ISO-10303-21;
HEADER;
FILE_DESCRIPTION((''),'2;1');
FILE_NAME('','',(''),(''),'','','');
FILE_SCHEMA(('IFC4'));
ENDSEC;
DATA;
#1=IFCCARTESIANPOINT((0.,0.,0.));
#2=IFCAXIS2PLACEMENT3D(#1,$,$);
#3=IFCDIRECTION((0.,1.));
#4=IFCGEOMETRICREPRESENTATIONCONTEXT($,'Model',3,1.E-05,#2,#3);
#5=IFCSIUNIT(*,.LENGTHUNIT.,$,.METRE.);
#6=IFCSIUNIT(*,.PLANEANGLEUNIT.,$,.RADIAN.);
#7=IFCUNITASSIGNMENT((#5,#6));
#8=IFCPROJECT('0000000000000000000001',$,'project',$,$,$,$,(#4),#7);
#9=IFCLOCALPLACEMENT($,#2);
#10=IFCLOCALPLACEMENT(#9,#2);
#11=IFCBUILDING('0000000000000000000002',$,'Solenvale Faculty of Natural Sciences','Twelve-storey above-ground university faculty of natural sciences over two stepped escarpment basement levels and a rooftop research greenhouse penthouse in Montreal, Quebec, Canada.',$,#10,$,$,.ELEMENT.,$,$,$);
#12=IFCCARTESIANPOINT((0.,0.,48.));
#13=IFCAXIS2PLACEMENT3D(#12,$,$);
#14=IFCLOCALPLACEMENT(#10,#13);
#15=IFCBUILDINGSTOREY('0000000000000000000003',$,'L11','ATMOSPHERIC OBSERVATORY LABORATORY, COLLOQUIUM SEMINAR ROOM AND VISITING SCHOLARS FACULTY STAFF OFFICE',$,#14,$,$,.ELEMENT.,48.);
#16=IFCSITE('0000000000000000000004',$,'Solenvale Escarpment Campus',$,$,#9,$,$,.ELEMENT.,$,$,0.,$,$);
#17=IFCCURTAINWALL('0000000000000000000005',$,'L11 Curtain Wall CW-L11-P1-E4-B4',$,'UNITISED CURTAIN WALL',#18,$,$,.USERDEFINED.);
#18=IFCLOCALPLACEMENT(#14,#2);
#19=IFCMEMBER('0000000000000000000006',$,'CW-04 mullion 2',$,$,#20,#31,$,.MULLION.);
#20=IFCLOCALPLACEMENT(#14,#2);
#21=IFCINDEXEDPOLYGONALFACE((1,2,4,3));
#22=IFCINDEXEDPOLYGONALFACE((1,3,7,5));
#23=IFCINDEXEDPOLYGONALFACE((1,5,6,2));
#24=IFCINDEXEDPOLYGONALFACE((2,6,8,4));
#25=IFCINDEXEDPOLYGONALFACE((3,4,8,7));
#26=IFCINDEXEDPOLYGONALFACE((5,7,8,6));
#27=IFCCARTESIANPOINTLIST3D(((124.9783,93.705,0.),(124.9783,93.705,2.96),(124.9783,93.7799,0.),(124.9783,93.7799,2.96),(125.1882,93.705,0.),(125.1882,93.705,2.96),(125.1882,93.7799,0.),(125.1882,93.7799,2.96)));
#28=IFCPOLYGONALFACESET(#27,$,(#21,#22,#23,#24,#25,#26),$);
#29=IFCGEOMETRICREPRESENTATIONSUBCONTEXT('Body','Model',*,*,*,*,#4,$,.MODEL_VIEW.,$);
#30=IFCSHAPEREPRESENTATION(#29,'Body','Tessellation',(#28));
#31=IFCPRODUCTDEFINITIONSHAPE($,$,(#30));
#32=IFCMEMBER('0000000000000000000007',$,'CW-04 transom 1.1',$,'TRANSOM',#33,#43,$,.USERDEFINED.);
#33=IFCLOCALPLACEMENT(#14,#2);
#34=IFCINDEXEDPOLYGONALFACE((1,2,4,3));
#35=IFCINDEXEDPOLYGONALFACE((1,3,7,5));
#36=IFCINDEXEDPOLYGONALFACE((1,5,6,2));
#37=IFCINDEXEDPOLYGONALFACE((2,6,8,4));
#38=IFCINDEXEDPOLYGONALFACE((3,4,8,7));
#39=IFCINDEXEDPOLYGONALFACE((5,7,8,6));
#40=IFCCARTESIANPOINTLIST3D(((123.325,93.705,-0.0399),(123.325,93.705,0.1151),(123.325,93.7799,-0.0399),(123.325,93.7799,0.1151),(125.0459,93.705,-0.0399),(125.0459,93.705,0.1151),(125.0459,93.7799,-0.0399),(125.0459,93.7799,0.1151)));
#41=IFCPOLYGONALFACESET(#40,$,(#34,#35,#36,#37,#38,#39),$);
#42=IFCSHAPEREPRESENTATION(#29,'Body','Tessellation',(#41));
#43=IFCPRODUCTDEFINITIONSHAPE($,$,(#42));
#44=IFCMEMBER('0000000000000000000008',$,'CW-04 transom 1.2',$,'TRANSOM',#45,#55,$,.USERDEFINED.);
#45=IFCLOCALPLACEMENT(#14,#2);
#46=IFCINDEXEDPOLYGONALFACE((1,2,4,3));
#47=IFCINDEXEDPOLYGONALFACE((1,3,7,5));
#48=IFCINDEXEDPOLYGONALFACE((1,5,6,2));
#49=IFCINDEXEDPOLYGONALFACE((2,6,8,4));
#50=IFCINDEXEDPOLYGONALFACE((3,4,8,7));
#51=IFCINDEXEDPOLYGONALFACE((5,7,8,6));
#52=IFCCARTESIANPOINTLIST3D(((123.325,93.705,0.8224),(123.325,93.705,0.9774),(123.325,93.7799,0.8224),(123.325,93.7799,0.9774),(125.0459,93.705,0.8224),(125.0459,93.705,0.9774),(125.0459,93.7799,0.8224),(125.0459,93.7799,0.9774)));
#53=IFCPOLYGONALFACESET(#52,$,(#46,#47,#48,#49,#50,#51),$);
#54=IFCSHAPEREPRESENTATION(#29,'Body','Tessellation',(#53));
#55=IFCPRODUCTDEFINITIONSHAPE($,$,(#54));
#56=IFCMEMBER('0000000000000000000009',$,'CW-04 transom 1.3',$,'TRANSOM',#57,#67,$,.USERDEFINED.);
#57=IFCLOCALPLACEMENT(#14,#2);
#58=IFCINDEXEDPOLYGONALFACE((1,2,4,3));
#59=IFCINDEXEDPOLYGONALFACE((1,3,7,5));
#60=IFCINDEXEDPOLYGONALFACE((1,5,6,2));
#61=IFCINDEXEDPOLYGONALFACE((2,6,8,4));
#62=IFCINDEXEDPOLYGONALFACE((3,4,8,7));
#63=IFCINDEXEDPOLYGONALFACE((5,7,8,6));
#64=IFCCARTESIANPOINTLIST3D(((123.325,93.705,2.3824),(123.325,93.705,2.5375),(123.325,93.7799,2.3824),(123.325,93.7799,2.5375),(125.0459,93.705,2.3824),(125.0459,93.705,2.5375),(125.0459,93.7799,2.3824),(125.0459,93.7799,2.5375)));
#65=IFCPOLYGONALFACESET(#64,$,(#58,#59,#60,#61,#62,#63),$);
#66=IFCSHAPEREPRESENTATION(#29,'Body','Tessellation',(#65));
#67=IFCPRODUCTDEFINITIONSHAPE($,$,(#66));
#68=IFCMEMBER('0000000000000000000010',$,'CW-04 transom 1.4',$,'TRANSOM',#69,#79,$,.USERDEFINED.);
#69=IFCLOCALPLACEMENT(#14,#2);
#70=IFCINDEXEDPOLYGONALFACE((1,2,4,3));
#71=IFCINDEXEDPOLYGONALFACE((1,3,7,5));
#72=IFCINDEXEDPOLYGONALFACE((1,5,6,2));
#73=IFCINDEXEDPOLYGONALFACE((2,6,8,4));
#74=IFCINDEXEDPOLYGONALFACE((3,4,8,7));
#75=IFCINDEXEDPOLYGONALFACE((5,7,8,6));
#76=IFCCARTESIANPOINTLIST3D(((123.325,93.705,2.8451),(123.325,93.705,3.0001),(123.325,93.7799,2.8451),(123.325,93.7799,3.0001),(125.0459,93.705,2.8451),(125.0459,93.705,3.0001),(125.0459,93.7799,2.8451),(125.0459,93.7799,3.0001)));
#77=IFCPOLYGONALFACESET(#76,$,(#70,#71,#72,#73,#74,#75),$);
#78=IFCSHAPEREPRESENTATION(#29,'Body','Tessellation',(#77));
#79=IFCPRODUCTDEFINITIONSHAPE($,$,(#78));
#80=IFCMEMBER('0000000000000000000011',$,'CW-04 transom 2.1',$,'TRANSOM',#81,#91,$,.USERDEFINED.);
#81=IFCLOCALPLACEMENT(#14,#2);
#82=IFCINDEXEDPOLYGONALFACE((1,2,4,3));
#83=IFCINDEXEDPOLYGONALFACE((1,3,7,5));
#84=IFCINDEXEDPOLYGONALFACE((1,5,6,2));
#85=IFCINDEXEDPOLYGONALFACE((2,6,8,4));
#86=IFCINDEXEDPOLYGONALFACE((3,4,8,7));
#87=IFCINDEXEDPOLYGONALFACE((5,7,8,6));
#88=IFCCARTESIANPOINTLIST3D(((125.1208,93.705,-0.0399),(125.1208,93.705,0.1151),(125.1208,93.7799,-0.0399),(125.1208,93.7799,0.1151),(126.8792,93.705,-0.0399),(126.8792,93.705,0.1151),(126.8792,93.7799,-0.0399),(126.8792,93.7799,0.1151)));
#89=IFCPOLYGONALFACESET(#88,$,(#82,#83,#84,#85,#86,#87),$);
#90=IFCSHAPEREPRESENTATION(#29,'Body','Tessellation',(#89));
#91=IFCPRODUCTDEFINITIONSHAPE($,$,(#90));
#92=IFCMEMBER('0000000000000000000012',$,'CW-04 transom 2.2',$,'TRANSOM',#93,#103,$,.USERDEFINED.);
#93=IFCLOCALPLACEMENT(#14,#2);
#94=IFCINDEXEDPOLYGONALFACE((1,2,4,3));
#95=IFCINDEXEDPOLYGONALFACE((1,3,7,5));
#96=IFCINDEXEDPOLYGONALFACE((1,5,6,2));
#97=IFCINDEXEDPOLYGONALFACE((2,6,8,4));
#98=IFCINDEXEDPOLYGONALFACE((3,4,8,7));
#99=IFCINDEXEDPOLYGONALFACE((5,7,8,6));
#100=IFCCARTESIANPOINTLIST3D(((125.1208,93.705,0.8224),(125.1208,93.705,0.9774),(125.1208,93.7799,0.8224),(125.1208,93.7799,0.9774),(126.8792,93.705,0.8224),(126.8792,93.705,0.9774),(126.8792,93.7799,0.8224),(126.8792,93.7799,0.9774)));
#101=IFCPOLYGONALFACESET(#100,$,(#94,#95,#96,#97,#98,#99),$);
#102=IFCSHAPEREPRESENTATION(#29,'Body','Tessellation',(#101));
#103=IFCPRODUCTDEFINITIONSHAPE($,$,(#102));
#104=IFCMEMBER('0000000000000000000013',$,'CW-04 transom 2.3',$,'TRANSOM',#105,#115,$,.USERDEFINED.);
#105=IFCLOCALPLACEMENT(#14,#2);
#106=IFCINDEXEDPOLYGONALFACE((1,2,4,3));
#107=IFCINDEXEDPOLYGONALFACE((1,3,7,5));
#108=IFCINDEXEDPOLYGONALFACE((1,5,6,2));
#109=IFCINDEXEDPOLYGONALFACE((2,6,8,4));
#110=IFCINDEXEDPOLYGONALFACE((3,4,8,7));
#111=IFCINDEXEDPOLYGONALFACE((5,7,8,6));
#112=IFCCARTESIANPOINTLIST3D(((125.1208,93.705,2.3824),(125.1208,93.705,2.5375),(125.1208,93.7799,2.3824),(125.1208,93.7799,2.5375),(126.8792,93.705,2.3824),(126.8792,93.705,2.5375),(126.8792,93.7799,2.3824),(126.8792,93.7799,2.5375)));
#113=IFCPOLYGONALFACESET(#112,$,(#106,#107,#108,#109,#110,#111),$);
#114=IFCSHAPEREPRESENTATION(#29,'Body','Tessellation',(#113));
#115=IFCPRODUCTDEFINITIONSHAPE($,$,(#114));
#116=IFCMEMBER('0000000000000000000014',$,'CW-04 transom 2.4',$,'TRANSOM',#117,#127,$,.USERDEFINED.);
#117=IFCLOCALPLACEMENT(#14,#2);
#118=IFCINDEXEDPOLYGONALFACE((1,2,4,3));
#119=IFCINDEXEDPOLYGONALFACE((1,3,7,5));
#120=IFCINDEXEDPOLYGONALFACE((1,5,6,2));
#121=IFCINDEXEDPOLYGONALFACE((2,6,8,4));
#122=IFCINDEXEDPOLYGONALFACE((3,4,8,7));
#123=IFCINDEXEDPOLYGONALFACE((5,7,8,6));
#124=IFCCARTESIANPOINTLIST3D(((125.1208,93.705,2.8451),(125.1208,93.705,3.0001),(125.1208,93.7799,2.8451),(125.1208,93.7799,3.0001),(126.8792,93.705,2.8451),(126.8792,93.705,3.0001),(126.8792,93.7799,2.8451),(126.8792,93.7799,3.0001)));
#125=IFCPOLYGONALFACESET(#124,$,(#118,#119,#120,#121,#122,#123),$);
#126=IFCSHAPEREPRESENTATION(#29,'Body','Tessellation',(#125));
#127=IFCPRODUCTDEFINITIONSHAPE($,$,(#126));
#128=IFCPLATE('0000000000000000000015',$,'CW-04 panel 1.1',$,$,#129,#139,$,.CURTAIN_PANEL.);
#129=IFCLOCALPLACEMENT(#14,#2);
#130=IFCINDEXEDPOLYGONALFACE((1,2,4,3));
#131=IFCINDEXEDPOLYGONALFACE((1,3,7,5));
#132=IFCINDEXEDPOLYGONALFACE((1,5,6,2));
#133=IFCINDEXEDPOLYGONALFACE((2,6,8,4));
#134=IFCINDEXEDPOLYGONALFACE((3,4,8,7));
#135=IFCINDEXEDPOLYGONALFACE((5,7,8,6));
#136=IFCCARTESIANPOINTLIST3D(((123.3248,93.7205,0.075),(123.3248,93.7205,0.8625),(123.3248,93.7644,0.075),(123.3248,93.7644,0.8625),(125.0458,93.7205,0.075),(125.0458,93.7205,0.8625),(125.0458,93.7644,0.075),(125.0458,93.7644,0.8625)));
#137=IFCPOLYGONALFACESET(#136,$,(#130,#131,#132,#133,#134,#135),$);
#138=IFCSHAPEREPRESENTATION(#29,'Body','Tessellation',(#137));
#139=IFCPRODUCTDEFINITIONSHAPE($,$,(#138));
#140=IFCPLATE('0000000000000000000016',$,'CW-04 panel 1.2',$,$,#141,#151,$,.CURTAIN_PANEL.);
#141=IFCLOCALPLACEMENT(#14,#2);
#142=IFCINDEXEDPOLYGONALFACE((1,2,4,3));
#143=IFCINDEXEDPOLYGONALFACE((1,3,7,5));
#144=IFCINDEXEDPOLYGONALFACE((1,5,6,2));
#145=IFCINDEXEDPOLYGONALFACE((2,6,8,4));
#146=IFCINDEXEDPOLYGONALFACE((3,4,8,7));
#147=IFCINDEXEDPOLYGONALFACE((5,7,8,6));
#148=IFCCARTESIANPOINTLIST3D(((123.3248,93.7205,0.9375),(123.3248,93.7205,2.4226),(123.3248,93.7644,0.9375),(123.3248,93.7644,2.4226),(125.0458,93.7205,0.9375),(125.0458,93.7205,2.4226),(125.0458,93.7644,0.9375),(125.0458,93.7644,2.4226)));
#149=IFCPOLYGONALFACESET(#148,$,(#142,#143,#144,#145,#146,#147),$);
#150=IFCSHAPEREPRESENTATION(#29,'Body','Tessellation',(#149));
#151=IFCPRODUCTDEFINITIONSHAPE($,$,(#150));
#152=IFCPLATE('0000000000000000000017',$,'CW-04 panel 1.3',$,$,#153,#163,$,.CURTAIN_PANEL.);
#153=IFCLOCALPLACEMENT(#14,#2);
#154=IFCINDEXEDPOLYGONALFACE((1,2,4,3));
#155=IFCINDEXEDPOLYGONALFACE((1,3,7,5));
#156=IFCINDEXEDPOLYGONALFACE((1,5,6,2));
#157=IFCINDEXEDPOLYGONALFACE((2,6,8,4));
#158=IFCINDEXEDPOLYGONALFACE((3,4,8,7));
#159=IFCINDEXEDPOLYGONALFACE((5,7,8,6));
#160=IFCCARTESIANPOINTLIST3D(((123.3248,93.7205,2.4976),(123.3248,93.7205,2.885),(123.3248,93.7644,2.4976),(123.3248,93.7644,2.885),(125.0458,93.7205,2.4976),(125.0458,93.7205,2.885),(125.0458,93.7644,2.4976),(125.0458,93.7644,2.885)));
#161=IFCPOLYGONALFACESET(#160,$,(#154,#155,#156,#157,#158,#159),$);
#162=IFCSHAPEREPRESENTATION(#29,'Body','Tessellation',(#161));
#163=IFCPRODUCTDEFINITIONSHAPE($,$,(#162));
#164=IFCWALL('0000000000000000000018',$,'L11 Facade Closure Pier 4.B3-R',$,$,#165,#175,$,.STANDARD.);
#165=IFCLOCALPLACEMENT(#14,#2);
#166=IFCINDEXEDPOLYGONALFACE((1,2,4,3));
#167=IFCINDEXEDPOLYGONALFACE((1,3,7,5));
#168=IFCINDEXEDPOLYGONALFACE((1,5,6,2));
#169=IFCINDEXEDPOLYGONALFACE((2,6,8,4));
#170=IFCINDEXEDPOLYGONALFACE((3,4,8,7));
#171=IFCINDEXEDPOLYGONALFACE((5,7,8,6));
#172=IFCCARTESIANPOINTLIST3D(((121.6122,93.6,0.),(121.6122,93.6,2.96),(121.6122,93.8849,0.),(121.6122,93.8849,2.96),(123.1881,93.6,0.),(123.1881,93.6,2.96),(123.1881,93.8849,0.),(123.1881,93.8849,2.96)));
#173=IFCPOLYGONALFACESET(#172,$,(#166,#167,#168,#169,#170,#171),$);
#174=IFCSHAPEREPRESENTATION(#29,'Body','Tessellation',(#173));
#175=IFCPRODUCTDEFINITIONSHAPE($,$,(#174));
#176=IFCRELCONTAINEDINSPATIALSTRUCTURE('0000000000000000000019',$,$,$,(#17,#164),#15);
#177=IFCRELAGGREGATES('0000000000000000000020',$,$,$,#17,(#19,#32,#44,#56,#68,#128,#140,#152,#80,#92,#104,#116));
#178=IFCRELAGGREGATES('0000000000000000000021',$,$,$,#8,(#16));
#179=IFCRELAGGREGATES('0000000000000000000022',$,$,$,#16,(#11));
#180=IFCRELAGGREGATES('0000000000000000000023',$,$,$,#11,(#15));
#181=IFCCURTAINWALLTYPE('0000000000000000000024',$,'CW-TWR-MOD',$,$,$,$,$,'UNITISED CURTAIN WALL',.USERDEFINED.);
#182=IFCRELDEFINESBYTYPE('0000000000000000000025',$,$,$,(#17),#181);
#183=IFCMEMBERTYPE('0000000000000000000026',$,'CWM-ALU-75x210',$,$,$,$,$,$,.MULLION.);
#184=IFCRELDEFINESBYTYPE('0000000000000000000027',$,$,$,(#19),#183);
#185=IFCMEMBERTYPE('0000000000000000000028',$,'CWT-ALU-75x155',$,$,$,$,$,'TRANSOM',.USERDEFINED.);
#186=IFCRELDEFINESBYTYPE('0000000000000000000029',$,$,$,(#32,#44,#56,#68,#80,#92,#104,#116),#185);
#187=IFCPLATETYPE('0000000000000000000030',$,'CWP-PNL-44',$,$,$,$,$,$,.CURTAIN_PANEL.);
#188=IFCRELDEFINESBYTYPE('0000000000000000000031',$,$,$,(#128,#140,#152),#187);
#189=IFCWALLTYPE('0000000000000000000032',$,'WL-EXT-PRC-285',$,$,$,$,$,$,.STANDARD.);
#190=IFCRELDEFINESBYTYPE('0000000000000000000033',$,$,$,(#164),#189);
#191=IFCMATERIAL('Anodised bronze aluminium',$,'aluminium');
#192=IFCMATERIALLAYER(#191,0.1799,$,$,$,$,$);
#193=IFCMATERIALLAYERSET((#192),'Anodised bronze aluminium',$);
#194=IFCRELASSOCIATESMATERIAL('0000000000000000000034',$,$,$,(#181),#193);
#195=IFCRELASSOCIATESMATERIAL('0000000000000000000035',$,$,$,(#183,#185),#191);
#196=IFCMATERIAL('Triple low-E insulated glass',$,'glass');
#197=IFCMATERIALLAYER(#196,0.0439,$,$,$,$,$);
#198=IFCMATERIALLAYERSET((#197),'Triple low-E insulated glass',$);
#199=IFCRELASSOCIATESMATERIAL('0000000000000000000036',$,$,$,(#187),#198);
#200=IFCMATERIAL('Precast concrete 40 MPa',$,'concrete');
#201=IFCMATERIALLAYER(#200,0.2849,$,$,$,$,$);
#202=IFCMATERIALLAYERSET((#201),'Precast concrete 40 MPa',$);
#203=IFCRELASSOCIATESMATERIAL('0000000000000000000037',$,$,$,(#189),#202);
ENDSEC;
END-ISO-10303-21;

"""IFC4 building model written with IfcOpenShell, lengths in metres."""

from ifc_helpers import new_model, si_unit, direction, frame, frame_2d, origin, origin_2d, place, context, subcontext, project, spatial, rectangle, extrude, material, layer, layer_set, material_profile, profile_set, type_object, element, aggregate, save


model = new_model("IFC4")

# Units and contexts
model_context = context("Model", 3, precision=1e-05, world=origin(), true_north=direction((0.0, 1.0)))
body_context = subcontext(model_context, "Body", "Model", "MODEL_VIEW")
ifc_project = project(units=[si_unit("LENGTHUNIT", "METRE"), si_unit("PLANEANGLEUNIT", "RADIAN")], contexts=[model_context])

# Site, building, storey
site_placement = place(None, origin())
site = spatial("IfcSite", under=ifc_project, at=site_placement, Name="Solenvale Escarpment Campus", CompositionType="ELEMENT", RefElevation=0.0)
building_placement = place(site_placement, origin())
building = spatial("IfcBuilding", under=site, at=building_placement, Name="Solenvale Faculty of Natural Sciences", Description="Twelve-storey above-ground university faculty of natural sciences over two stepped escarpment basement levels and a rooftop research greenhouse penthouse in Montreal, Quebec, Canada.", CompositionType="ELEMENT")
storey_placement = place(building_placement, frame((0.0, 0.0, 48.0)))
storey = spatial("IfcBuildingStorey", under=building, at=storey_placement, Name="L11", Description="ATMOSPHERIC OBSERVATORY LABORATORY, COLLOQUIUM SEMINAR ROOM AND VISITING SCHOLARS FACULTY STAFF OFFICE", CompositionType="ELEMENT", Elevation=48.0)

# Shared definitions
ifc_material_1 = material(Name="Anodised bronze aluminium", Category="aluminium")
ifc_layer_1 = layer(ifc_material_1, 0.1799)
ifc_layer_set_1 = layer_set([ifc_layer_1], Name="Anodised bronze aluminium")
curtain_wall_type = type_object("IfcCurtainWallType", Name="CW-TWR-MOD", ElementType="UNITISED CURTAIN WALL", PredefinedType="USERDEFINED", material=ifc_layer_set_1)
ifc_material_profile_1 = material_profile(ifc_material_1, rectangle(XDim=0.075, YDim=0.21, at=origin_2d()), Name="ALU-MUL-75x210")
ifc_profile_set_1 = profile_set([ifc_material_profile_1], Name="Anodised bronze aluminium")
member_type_1 = type_object("IfcMemberType", Name="CWM-ALU-75x210", PredefinedType="MULLION", material=ifc_profile_set_1)

# Curtain wall, members, plates
curtain_wall_1_placement = place(storey_placement, origin())
curtain_wall_1 = element("IfcCurtainWall", 1, at=curtain_wall_1_placement, inside=storey, type_object=curtain_wall_type, Name="L11 Curtain Wall CW-L11-P1-E4-B4", ObjectType="UNITISED CURTAIN WALL", PredefinedType="USERDEFINED")
member_1_placement = place(storey_placement, frame((125.0833, 93.7424, 0.0), z_axis=(0.0, 0.0, 1.0), x_axis=(0.0, 1.0, 0.0)))
member_1 = element("IfcMember", 2, at=member_1_placement, type_object=member_type_1, Name="CW-04 mullion 2", PredefinedType="MULLION", context=body_context, shape_type="SweptSolid", body=[
    extrude(rectangle(XDim=0.075, YDim=0.21, at=origin_2d()), origin(), (0.0, 0.0, 1.0), 2.96),
])
ifc_material_profile_2 = material_profile(ifc_material_1, rectangle(XDim=0.075, YDim=0.155, at=origin_2d()), Name="ALU-TRN-75x155")
ifc_profile_set_2 = profile_set([ifc_material_profile_2], Name="Anodised bronze aluminium")
member_type_2 = type_object("IfcMemberType", Name="CWT-ALU-75x155", ElementType="TRANSOM", PredefinedType="USERDEFINED", material=ifc_profile_set_2)
member_2_placement = place(storey_placement, frame((123.325, 93.7424, 0.0376), z_axis=(1.0, 0.0, 0.0), x_axis=(0.0, 1.0, 0.0)))
member_2 = element("IfcMember", 3, at=member_2_placement, type_object=member_type_2, Name="CW-04 transom 1.1", ObjectType="TRANSOM", PredefinedType="USERDEFINED", context=body_context, shape_type="SweptSolid", body=[
    extrude(rectangle(XDim=0.075, YDim=0.155, at=origin_2d()), origin(), (0.0, 0.0, 1.0), 1.7209),
])
member_3_placement = place(storey_placement, frame((123.325, 93.7424, 0.8999), z_axis=(1.0, 0.0, 0.0), x_axis=(0.0, 1.0, 0.0)))
member_3 = element("IfcMember", 4, at=member_3_placement, type_object=member_type_2, Name="CW-04 transom 1.2", ObjectType="TRANSOM", PredefinedType="USERDEFINED", context=body_context, shape_type="SweptSolid", body=[
    extrude(rectangle(XDim=0.075, YDim=0.155, at=origin_2d()), origin(), (0.0, 0.0, 1.0), 1.7209),
])
member_4_placement = place(storey_placement, frame((123.325, 93.7424, 2.46), z_axis=(1.0, 0.0, 0.0), x_axis=(0.0, 1.0, 0.0)))
member_4 = element("IfcMember", 5, at=member_4_placement, type_object=member_type_2, Name="CW-04 transom 1.3", ObjectType="TRANSOM", PredefinedType="USERDEFINED", context=body_context, shape_type="SweptSolid", body=[
    extrude(rectangle(XDim=0.075, YDim=0.155, at=origin_2d()), origin(), (0.0, 0.0, 1.0), 1.7209),
])
member_5_placement = place(storey_placement, frame((123.325, 93.7424, 2.9226), z_axis=(1.0, 0.0, 0.0), x_axis=(0.0, 1.0, 0.0)))
member_5 = element("IfcMember", 6, at=member_5_placement, type_object=member_type_2, Name="CW-04 transom 1.4", ObjectType="TRANSOM", PredefinedType="USERDEFINED", context=body_context, shape_type="SweptSolid", body=[
    extrude(rectangle(XDim=0.075, YDim=0.155, at=origin_2d()), origin(), (0.0, 0.0, 1.0), 1.7209),
])
member_6_placement = place(storey_placement, frame((125.1208, 93.7424, 0.0376), z_axis=(1.0, 0.0, 0.0), x_axis=(0.0, 1.0, 0.0)))
member_6 = element("IfcMember", 7, at=member_6_placement, type_object=member_type_2, Name="CW-04 transom 2.1", ObjectType="TRANSOM", PredefinedType="USERDEFINED", context=body_context, shape_type="SweptSolid", body=[
    extrude(rectangle(XDim=0.075, YDim=0.155, at=origin_2d()), origin(), (0.0, 0.0, 1.0), 1.7583),
])
member_7_placement = place(storey_placement, frame((125.1208, 93.7424, 0.8999), z_axis=(1.0, 0.0, 0.0), x_axis=(0.0, 1.0, 0.0)))
member_7 = element("IfcMember", 8, at=member_7_placement, type_object=member_type_2, Name="CW-04 transom 2.2", ObjectType="TRANSOM", PredefinedType="USERDEFINED", context=body_context, shape_type="SweptSolid", body=[
    extrude(rectangle(XDim=0.075, YDim=0.155, at=origin_2d()), origin(), (0.0, 0.0, 1.0), 1.7583),
])
member_8_placement = place(storey_placement, frame((125.1208, 93.7424, 2.46), z_axis=(1.0, 0.0, 0.0), x_axis=(0.0, 1.0, 0.0)))
member_8 = element("IfcMember", 9, at=member_8_placement, type_object=member_type_2, Name="CW-04 transom 2.3", ObjectType="TRANSOM", PredefinedType="USERDEFINED", context=body_context, shape_type="SweptSolid", body=[
    extrude(rectangle(XDim=0.075, YDim=0.155, at=origin_2d()), origin(), (0.0, 0.0, 1.0), 1.7583),
])
member_9_placement = place(storey_placement, frame((125.1208, 93.7424, 2.9226), z_axis=(1.0, 0.0, 0.0), x_axis=(0.0, 1.0, 0.0)))
member_9 = element("IfcMember", 10, at=member_9_placement, type_object=member_type_2, Name="CW-04 transom 2.4", ObjectType="TRANSOM", PredefinedType="USERDEFINED", context=body_context, shape_type="SweptSolid", body=[
    extrude(rectangle(XDim=0.075, YDim=0.155, at=origin_2d()), origin(), (0.0, 0.0, 1.0), 1.7583),
])
ifc_material_2 = material(Name="Triple low-E insulated glass", Category="glass")
ifc_layer_2 = layer(ifc_material_2, 0.0439)
ifc_layer_set_2 = layer_set([ifc_layer_2], Name="Triple low-E insulated glass")
plate_type = type_object("IfcPlateType", Name="CWP-PNL-44", PredefinedType="CURTAIN_PANEL", material=ifc_layer_set_2)
plate_1_placement = place(storey_placement, frame((124.1853, 93.7424, 0.075), z_axis=(0.0, 0.0, 1.0), x_axis=(1.0, 0.0, 0.0)))
plate_1 = element("IfcPlate", 11, at=plate_1_placement, type_object=plate_type, Name="CW-04 panel 1.1", PredefinedType="CURTAIN_PANEL", context=body_context, shape_type="SweptSolid", body=[
    extrude(rectangle(XDim=1.7209, YDim=0.0439, at=origin_2d()), origin(), (0.0, 0.0, 1.0), 0.7876),
])
plate_2_placement = place(storey_placement, frame((124.1853, 93.7424, 0.9375), z_axis=(0.0, 0.0, 1.0), x_axis=(1.0, 0.0, 0.0)))
plate_2 = element("IfcPlate", 12, at=plate_2_placement, type_object=plate_type, Name="CW-04 panel 1.2", PredefinedType="CURTAIN_PANEL", context=body_context, shape_type="SweptSolid", body=[
    extrude(rectangle(XDim=1.7209, YDim=0.0439, at=origin_2d()), origin(), (0.0, 0.0, 1.0), 1.4851),
])
plate_3_placement = place(storey_placement, frame((124.1853, 93.7424, 2.4976), z_axis=(0.0, 0.0, 1.0), x_axis=(1.0, 0.0, 0.0)))
plate_3 = element("IfcPlate", 13, at=plate_3_placement, type_object=plate_type, Name="CW-04 panel 1.3", PredefinedType="CURTAIN_PANEL", context=body_context, shape_type="SweptSolid", body=[
    extrude(rectangle(XDim=1.7209, YDim=0.0439, at=origin_2d()), origin(), (0.0, 0.0, 1.0), 0.3875),
])
aggregate(curtain_wall_1, [member_1, member_2, member_3, member_4, member_5, plate_1, plate_2, plate_3, member_6, member_7, member_8, member_9])

# Wall
ifc_material_3 = material(Name="Precast concrete 40 MPa", Category="concrete")
ifc_layer_3 = layer(ifc_material_3, 0.2849)
ifc_layer_set_3 = layer_set([ifc_layer_3], Name="Precast concrete 40 MPa")
wall_type = type_object("IfcWallType", Name="WL-EXT-PRC-285", PredefinedType="STANDARD", material=ifc_layer_set_3)
wall_placement = place(storey_placement, frame((121.6121, 93.7424, 0.0), z_axis=(0.0, 0.0, 1.0), x_axis=(1.0, 0.0, 0.0)))
element("IfcWall", 14, at=wall_placement, inside=storey, type_object=wall_type, Name="L11 Facade Closure Pier 4.B3-R", PredefinedType="STANDARD", context=body_context, shape_type="SweptSolid", body=[
    extrude(rectangle(XDim=1.5759, YDim=0.2849, at=frame_2d((0.7881, 0.0))), origin(), (0.0, 0.0, 1.0), 2.96),
])

save(model, "model.ifc")
